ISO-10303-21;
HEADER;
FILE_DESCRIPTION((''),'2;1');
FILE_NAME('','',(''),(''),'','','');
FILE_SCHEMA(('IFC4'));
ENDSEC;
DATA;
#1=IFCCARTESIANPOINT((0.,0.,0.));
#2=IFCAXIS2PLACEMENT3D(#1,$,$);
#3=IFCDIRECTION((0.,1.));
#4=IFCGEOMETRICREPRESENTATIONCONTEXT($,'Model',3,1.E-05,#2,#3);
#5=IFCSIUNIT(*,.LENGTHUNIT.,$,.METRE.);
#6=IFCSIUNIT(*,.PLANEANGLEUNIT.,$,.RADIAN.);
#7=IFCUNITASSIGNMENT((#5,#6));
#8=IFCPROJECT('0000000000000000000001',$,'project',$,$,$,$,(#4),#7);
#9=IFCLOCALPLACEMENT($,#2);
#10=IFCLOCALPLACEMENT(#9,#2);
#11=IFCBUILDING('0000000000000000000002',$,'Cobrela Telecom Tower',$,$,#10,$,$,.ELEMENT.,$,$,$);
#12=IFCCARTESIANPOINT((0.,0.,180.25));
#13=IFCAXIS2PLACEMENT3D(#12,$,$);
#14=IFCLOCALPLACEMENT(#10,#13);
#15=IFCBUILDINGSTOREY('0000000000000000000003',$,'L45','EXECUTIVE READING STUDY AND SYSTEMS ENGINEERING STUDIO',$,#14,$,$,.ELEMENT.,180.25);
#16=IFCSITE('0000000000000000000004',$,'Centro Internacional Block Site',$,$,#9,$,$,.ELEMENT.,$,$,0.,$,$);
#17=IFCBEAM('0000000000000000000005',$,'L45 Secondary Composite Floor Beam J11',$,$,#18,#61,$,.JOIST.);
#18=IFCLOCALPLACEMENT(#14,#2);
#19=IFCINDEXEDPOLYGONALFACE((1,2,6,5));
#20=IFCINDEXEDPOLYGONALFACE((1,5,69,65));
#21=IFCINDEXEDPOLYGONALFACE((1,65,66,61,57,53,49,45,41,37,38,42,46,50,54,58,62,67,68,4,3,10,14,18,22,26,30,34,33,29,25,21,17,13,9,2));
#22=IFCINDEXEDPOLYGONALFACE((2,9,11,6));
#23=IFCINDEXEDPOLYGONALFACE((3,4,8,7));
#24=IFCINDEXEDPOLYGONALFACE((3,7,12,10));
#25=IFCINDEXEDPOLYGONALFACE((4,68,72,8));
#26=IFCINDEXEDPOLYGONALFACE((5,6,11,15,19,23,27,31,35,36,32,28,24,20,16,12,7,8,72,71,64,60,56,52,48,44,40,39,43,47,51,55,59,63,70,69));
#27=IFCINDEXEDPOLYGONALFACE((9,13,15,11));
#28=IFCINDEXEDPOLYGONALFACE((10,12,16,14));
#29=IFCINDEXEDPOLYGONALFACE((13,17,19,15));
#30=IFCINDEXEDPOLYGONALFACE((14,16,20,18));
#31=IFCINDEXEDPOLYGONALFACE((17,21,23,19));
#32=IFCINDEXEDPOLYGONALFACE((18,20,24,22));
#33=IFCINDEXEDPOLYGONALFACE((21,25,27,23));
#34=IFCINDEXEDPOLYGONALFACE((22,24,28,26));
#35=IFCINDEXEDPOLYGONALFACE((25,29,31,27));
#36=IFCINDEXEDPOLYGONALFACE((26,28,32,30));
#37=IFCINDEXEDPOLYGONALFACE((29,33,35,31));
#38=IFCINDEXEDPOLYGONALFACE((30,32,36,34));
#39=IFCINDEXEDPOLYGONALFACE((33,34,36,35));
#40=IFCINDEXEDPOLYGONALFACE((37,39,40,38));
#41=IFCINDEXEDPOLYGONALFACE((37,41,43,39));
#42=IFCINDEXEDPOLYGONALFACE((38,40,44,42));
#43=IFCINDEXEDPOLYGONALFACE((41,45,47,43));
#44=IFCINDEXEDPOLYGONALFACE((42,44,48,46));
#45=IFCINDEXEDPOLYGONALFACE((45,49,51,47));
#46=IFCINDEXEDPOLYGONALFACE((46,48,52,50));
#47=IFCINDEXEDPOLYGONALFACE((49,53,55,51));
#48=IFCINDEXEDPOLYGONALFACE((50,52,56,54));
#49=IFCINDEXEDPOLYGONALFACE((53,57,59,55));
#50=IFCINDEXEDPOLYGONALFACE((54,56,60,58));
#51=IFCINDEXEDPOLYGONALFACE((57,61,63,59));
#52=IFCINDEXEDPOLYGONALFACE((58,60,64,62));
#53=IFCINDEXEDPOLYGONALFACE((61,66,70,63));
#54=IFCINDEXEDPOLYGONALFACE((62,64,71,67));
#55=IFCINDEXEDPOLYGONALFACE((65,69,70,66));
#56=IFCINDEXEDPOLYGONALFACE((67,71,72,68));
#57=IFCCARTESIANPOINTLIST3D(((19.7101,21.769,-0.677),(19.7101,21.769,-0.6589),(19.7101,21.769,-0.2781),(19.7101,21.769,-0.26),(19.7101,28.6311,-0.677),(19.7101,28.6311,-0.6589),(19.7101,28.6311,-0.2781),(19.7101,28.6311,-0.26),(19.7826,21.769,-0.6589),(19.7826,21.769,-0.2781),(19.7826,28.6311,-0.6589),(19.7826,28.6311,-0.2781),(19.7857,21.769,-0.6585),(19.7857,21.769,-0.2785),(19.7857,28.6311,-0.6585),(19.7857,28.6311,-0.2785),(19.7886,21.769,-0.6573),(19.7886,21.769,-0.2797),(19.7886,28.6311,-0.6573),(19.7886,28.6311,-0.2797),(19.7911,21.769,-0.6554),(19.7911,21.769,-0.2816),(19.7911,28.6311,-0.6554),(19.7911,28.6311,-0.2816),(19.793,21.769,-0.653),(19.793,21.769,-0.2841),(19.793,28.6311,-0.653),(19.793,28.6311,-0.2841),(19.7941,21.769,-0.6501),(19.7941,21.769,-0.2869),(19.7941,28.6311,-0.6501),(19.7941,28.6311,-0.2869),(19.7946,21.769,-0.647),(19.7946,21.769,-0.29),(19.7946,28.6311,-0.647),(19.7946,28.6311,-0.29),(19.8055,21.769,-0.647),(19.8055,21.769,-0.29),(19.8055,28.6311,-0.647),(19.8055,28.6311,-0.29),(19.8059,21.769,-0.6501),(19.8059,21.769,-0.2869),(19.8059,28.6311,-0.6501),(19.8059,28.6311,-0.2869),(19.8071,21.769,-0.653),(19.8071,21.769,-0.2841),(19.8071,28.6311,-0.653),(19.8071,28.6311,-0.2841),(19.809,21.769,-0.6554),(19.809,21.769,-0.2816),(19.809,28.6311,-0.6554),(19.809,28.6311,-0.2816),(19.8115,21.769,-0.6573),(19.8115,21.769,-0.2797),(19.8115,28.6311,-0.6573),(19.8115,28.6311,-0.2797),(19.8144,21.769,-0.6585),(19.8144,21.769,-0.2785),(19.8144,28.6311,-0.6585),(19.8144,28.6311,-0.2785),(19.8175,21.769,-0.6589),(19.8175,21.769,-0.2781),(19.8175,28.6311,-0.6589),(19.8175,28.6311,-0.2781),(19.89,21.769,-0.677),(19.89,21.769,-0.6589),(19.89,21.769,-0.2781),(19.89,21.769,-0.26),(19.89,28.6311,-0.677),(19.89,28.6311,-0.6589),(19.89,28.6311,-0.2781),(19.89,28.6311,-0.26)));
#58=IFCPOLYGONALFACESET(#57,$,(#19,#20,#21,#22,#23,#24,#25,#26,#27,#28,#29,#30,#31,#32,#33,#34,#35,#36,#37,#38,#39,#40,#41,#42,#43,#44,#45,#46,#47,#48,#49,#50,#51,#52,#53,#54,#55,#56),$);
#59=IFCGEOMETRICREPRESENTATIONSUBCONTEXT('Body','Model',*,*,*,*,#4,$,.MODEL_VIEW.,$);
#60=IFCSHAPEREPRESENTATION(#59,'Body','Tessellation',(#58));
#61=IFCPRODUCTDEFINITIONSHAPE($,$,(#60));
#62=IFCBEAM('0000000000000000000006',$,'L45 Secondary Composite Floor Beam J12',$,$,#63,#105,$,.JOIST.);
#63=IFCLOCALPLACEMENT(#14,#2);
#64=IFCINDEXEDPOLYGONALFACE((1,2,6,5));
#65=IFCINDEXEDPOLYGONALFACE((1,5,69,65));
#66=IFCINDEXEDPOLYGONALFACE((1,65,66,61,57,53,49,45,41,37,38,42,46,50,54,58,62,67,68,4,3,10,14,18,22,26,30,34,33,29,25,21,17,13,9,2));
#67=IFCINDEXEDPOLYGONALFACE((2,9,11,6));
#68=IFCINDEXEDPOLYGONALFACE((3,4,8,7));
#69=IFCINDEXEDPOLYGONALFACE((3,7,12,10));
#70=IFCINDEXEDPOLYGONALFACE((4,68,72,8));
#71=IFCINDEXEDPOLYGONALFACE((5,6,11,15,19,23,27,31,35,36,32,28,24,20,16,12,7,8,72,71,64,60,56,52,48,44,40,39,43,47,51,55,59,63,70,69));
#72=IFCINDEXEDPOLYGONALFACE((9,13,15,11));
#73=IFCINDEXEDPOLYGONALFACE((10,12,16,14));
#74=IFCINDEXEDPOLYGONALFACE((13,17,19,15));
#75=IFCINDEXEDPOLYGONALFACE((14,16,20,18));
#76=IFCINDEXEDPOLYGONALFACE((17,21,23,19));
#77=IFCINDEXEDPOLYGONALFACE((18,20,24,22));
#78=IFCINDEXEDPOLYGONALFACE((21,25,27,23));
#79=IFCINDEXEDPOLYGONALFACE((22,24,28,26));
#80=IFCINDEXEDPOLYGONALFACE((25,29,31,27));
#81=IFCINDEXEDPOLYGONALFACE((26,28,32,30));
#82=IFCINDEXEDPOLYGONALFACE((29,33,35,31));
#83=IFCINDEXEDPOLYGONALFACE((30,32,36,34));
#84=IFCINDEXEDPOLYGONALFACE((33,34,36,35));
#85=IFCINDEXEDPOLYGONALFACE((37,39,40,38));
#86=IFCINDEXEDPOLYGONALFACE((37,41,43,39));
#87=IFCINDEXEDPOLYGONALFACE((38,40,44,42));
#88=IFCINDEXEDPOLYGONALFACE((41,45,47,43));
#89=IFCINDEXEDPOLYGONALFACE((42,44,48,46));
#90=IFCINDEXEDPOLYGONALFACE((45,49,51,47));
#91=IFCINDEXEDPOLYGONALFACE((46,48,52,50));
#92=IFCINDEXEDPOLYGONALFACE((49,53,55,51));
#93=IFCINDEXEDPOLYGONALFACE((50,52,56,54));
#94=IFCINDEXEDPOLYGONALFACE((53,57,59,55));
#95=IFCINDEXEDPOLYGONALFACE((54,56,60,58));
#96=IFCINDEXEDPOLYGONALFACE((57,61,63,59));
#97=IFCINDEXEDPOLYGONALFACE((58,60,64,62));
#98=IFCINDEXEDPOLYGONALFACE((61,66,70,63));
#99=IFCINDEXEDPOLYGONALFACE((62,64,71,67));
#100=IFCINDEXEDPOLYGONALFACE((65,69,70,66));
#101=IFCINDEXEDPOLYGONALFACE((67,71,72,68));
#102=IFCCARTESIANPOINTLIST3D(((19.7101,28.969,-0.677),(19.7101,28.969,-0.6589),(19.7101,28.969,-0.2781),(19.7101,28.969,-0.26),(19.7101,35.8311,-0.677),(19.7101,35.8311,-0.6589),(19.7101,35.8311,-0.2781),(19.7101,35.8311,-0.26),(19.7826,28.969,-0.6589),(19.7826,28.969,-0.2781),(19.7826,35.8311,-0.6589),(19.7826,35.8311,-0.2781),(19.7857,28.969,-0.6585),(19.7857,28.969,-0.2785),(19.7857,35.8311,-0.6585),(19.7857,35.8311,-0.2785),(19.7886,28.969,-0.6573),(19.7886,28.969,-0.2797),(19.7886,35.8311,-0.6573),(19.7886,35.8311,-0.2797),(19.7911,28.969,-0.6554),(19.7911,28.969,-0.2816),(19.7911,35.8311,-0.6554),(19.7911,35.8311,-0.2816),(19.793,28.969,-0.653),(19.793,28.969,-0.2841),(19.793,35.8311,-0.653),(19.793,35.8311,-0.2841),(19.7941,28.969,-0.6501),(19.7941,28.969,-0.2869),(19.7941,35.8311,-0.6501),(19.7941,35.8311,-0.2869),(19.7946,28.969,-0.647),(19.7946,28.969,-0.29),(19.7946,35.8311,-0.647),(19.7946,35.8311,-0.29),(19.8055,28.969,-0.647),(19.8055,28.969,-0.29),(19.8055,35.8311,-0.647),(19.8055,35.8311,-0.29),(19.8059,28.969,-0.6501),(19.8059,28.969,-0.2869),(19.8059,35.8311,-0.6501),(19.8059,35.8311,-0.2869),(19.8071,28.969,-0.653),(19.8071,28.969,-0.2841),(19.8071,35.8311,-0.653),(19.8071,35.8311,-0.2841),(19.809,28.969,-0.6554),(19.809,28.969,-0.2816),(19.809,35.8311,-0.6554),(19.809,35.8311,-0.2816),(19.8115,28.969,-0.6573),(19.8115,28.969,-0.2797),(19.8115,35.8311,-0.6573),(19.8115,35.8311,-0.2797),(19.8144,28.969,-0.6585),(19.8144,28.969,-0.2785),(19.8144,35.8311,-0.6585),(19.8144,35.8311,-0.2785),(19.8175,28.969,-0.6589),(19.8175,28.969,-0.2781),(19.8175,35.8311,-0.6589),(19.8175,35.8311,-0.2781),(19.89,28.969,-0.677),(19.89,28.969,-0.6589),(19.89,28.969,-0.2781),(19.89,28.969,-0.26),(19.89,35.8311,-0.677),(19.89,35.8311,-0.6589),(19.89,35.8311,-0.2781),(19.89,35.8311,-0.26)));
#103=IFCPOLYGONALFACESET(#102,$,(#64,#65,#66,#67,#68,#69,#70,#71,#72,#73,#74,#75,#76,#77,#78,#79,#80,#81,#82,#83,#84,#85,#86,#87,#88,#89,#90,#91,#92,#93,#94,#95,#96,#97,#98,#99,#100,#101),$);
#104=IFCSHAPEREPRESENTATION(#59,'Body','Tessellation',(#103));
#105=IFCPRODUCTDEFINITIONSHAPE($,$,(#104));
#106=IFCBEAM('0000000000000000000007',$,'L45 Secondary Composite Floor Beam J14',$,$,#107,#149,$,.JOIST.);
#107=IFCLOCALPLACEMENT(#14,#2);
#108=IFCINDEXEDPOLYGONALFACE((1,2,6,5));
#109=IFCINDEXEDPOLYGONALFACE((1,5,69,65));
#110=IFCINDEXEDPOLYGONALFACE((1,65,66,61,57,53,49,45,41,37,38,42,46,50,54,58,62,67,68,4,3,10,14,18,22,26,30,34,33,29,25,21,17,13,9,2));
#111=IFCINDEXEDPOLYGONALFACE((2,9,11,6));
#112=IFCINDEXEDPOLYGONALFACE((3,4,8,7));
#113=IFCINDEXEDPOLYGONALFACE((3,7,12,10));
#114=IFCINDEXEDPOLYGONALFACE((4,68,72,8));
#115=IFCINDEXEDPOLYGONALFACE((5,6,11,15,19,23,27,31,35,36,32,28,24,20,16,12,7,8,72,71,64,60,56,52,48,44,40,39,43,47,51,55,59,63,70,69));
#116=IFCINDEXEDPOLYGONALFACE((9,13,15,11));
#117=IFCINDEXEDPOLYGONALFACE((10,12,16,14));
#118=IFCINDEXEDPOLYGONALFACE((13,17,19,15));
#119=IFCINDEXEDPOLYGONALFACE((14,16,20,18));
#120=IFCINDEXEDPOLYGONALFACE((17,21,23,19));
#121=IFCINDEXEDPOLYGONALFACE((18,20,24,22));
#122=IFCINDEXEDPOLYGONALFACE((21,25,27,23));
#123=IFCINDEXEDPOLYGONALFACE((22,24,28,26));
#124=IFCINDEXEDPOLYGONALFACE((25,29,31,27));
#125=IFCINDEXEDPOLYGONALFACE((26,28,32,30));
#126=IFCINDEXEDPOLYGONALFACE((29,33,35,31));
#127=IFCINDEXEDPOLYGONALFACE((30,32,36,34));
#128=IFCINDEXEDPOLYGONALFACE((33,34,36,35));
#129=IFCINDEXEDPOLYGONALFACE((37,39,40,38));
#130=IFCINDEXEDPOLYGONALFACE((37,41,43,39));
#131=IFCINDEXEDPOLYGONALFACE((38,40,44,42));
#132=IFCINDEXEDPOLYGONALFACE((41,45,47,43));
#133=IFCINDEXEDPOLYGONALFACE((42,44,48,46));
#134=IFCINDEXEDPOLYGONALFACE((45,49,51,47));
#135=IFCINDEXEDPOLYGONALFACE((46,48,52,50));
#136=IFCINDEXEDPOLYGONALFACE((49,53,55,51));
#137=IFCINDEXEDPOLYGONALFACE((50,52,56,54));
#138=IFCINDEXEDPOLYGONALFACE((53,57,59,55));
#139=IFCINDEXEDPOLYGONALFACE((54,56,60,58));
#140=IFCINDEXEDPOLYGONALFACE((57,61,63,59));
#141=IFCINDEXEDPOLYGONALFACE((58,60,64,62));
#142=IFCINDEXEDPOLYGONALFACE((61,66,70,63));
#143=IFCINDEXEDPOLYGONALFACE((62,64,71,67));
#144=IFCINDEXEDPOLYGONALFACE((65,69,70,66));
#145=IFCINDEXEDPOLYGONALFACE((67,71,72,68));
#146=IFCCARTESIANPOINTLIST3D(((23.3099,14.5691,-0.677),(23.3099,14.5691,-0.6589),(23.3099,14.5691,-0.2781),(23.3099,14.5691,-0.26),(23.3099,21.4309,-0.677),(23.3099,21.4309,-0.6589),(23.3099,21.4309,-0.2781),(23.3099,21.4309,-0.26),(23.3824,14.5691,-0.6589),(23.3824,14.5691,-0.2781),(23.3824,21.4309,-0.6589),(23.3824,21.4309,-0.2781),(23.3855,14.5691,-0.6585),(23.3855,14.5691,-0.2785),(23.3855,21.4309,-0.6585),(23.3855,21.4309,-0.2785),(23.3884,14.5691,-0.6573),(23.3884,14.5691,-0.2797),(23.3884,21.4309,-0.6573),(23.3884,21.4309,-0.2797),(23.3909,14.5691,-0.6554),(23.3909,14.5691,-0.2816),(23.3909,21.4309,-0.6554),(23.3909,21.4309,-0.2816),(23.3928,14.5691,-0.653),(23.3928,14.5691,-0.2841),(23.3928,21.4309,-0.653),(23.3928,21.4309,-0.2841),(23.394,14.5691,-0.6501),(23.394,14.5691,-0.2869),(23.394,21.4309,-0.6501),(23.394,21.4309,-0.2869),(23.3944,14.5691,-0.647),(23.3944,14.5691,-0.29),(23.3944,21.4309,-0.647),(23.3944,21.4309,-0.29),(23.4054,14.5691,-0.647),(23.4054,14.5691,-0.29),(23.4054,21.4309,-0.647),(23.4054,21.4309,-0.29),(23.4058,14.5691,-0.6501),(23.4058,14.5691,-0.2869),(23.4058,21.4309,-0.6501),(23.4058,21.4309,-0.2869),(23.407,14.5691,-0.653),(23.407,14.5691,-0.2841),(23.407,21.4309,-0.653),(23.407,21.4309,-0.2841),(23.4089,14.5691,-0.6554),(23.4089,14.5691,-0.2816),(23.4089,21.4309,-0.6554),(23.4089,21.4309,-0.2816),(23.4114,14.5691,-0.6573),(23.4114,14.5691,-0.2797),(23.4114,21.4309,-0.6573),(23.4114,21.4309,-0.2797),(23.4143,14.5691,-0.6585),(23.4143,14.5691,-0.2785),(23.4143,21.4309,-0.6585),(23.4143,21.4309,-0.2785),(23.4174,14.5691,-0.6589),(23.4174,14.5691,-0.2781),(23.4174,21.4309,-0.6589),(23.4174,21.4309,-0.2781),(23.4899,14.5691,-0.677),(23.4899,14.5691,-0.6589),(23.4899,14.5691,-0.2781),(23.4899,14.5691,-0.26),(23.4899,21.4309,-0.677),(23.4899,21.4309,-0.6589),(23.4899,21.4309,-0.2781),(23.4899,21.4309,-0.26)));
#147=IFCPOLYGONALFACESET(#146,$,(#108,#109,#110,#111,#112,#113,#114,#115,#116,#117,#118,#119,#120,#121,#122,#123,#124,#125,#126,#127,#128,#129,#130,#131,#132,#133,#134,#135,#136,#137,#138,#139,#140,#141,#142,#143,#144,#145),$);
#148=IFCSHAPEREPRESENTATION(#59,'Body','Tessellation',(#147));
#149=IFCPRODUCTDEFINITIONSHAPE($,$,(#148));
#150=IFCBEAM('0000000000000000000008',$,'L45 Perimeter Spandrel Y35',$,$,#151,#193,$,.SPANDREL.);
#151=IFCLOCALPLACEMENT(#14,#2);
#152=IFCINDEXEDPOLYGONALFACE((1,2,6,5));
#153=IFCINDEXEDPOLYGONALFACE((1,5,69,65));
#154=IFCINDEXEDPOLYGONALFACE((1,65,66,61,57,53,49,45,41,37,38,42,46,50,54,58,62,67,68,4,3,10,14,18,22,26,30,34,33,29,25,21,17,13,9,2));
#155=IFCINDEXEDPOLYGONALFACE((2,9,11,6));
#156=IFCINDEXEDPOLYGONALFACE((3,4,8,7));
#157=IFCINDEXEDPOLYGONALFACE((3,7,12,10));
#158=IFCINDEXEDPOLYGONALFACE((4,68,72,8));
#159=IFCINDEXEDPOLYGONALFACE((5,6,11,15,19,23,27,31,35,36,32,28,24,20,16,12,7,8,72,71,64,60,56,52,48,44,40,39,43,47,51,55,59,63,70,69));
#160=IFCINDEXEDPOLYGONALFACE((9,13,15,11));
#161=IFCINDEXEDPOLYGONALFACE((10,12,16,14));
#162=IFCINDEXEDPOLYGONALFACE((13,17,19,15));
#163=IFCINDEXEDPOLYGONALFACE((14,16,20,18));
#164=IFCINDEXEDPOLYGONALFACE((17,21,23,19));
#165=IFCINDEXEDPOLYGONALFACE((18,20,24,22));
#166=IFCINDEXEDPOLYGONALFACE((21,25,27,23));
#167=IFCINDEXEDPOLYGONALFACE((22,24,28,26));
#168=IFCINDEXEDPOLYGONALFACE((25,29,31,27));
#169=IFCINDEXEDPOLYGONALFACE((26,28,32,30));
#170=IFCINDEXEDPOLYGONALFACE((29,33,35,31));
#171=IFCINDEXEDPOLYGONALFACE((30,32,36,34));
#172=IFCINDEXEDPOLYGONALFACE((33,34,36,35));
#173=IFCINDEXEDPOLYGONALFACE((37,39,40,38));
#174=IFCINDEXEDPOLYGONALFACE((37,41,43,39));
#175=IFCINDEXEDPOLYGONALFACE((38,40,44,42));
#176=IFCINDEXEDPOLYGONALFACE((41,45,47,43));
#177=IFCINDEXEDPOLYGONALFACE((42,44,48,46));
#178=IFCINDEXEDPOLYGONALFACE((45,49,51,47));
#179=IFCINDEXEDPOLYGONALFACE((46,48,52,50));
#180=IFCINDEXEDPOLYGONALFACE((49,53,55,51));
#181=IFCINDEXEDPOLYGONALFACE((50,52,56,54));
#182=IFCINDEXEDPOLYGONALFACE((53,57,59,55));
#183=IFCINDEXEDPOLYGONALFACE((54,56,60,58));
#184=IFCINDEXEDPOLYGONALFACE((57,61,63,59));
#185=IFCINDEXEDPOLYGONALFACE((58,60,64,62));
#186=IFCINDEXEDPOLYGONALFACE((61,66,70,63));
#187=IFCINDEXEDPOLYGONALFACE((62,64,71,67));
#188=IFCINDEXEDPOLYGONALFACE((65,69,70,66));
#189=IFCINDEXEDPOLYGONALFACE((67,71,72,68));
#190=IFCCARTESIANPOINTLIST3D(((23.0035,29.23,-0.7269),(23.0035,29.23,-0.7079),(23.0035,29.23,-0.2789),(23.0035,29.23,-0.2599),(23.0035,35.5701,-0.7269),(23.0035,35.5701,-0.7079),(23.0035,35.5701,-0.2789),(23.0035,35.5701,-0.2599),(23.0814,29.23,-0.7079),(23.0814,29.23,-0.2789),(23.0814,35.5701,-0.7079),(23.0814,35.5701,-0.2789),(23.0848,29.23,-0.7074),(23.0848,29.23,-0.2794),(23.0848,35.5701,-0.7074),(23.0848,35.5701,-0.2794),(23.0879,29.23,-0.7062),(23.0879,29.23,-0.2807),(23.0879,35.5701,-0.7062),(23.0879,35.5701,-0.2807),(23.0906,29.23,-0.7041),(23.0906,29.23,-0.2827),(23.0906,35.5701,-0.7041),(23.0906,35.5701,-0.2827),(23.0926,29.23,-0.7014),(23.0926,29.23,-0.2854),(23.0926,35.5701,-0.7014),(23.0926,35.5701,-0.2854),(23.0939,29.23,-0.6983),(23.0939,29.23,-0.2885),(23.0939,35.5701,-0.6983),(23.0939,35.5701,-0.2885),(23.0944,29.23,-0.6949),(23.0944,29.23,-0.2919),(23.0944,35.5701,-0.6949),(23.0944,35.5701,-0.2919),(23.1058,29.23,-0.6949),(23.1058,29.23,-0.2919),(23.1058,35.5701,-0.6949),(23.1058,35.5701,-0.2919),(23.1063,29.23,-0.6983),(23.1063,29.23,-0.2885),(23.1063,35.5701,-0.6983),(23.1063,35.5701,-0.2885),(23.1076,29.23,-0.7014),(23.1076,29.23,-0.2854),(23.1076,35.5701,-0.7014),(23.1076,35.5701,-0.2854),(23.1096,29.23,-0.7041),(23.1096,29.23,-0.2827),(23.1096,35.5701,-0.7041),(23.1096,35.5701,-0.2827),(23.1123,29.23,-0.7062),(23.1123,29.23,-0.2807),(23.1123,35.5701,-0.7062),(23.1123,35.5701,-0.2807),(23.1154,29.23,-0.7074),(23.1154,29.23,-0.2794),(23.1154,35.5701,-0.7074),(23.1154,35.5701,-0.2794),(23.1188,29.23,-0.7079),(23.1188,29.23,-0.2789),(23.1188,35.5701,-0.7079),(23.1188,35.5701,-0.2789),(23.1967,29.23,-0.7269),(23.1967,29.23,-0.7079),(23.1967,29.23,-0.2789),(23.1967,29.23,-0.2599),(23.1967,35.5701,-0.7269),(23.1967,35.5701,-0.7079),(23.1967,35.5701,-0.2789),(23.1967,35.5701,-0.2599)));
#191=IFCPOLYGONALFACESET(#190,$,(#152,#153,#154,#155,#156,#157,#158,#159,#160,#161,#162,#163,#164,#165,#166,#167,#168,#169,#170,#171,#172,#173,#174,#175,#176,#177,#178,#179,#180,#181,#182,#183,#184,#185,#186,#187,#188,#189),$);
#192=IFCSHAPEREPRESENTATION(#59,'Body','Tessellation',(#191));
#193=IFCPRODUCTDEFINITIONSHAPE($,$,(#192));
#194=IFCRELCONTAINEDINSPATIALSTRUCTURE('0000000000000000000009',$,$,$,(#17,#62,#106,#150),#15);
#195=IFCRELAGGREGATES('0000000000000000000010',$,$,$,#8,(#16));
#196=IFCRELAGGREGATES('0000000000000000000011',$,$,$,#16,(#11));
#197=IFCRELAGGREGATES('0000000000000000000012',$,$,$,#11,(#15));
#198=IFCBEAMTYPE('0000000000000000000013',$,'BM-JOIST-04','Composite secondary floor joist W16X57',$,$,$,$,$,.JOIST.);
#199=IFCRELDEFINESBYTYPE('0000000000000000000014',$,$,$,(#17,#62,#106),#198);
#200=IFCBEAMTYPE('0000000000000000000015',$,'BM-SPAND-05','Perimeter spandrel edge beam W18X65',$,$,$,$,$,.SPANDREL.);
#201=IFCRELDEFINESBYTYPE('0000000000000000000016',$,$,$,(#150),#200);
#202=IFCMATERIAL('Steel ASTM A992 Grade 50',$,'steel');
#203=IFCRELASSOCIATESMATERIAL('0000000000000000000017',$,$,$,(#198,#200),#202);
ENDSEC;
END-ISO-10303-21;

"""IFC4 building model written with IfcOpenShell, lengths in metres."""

from ifc_helpers import new_model, si_unit, direction, frame, origin, origin_2d, place, context, subcontext, project, spatial, i_section, extrude, material, material_profile, profile_set, type_object, element, save


model = new_model("IFC4")

# Units and contexts
model_context = context("Model", 3, precision=1e-05, world=origin(), true_north=direction((0.0, 1.0)))
body_context = subcontext(model_context, "Body", "Model", "MODEL_VIEW")
ifc_project = project(units=[si_unit("LENGTHUNIT", "METRE"), si_unit("PLANEANGLEUNIT", "RADIAN")], contexts=[model_context])

# Site, building, storey
site_placement = place(None, origin())
site = spatial("IfcSite", under=ifc_project, at=site_placement, Name="Centro Internacional Block Site", CompositionType="ELEMENT", RefElevation=0.0)
building_placement = place(site_placement, origin())
building = spatial("IfcBuilding", under=site, at=building_placement, Name="Cobrela Telecom Tower", CompositionType="ELEMENT")
storey_placement = place(building_placement, frame((0.0, 0.0, 180.25)))
storey = spatial("IfcBuildingStorey", under=building, at=storey_placement, Name="L45", Description="EXECUTIVE READING STUDY AND SYSTEMS ENGINEERING STUDIO", CompositionType="ELEMENT", Elevation=180.25)

# Shared definitions
ifc_material_1 = material(Name="Steel ASTM A992 Grade 50", Category="steel")

# Beams
ifc_material_profile_1 = material_profile(ifc_material_1, i_section(OverallWidth=0.1799, OverallDepth=0.417, WebThickness=0.011, FlangeThickness=0.0181, FilletRadius=0.012, at=origin_2d()), Name="W16X57")
ifc_profile_set_1 = profile_set([ifc_material_profile_1], Name="Steel ASTM A992 Grade 50")
beam_type_1 = type_object("IfcBeamType", Name="BM-JOIST-04", Description="Composite secondary floor joist W16X57", PredefinedType="JOIST", material=ifc_profile_set_1)
for number, where, z_axis, x_axis, name in (
    (1, (19.8, 21.769, -0.4685), (0.0, 1.0, 0.0), (-1.0, 0.0, 0.0), "L45 Secondary Composite Floor Beam J11"),
    (2, (19.8, 28.969, -0.4685), (0.0, 1.0, 0.0), (-1.0, 0.0, 0.0), "L45 Secondary Composite Floor Beam J12"),
):
    element("IfcBeam", number, at=place(storey_placement, frame(where, z_axis=z_axis, x_axis=x_axis)), inside=storey, type_object=beam_type_1, Name=name, PredefinedType="JOIST", context=body_context, shape_type="SweptSolid", body=[
        extrude(i_section(OverallWidth=0.1799, OverallDepth=0.417, WebThickness=0.011, FlangeThickness=0.0181, FilletRadius=0.012, at=origin_2d()), origin(), (0.0, 0.0, 1.0), 6.8621),
    ])
beam_1_placement = place(storey_placement, frame((23.3999, 14.5691, -0.4685), z_axis=(0.0, 1.0, 0.0), x_axis=(-1.0, 0.0, 0.0)))
element("IfcBeam", 3, at=beam_1_placement, inside=storey, type_object=beam_type_1, Name="L45 Secondary Composite Floor Beam J14", PredefinedType="JOIST", context=body_context, shape_type="SweptSolid", body=[
    extrude(i_section(OverallWidth=0.1799, OverallDepth=0.417, WebThickness=0.011, FlangeThickness=0.0181, FilletRadius=0.012, at=origin_2d()), origin(), (0.0, 0.0, 1.0), 6.8618),
])
ifc_material_profile_2 = material_profile(ifc_material_1, i_section(OverallWidth=0.1931, OverallDepth=0.467, WebThickness=0.0115, FlangeThickness=0.019, FilletRadius=0.0129, at=origin_2d()), Name="W18X65")
ifc_profile_set_2 = profile_set([ifc_material_profile_2], Name="Steel ASTM A992 Grade 50")
beam_type_2 = type_object("IfcBeamType", Name="BM-SPAND-05", Description="Perimeter spandrel edge beam W18X65", PredefinedType="SPANDREL", material=ifc_profile_set_2)
beam_2_placement = place(storey_placement, frame((23.1001, 29.23, -0.4934), z_axis=(0.0, 1.0, 0.0), x_axis=(-1.0, 0.0, 0.0)))
element("IfcBeam", 4, at=beam_2_placement, inside=storey, type_object=beam_type_2, Name="L45 Perimeter Spandrel Y35", PredefinedType="SPANDREL", context=body_context, shape_type="SweptSolid", body=[
    extrude(i_section(OverallWidth=0.1931, OverallDepth=0.467, WebThickness=0.0115, FlangeThickness=0.019, FilletRadius=0.0129, at=origin_2d()), origin(), (0.0, 0.0, 1.0), 6.3401),
])

save(model, "model.ifc")
